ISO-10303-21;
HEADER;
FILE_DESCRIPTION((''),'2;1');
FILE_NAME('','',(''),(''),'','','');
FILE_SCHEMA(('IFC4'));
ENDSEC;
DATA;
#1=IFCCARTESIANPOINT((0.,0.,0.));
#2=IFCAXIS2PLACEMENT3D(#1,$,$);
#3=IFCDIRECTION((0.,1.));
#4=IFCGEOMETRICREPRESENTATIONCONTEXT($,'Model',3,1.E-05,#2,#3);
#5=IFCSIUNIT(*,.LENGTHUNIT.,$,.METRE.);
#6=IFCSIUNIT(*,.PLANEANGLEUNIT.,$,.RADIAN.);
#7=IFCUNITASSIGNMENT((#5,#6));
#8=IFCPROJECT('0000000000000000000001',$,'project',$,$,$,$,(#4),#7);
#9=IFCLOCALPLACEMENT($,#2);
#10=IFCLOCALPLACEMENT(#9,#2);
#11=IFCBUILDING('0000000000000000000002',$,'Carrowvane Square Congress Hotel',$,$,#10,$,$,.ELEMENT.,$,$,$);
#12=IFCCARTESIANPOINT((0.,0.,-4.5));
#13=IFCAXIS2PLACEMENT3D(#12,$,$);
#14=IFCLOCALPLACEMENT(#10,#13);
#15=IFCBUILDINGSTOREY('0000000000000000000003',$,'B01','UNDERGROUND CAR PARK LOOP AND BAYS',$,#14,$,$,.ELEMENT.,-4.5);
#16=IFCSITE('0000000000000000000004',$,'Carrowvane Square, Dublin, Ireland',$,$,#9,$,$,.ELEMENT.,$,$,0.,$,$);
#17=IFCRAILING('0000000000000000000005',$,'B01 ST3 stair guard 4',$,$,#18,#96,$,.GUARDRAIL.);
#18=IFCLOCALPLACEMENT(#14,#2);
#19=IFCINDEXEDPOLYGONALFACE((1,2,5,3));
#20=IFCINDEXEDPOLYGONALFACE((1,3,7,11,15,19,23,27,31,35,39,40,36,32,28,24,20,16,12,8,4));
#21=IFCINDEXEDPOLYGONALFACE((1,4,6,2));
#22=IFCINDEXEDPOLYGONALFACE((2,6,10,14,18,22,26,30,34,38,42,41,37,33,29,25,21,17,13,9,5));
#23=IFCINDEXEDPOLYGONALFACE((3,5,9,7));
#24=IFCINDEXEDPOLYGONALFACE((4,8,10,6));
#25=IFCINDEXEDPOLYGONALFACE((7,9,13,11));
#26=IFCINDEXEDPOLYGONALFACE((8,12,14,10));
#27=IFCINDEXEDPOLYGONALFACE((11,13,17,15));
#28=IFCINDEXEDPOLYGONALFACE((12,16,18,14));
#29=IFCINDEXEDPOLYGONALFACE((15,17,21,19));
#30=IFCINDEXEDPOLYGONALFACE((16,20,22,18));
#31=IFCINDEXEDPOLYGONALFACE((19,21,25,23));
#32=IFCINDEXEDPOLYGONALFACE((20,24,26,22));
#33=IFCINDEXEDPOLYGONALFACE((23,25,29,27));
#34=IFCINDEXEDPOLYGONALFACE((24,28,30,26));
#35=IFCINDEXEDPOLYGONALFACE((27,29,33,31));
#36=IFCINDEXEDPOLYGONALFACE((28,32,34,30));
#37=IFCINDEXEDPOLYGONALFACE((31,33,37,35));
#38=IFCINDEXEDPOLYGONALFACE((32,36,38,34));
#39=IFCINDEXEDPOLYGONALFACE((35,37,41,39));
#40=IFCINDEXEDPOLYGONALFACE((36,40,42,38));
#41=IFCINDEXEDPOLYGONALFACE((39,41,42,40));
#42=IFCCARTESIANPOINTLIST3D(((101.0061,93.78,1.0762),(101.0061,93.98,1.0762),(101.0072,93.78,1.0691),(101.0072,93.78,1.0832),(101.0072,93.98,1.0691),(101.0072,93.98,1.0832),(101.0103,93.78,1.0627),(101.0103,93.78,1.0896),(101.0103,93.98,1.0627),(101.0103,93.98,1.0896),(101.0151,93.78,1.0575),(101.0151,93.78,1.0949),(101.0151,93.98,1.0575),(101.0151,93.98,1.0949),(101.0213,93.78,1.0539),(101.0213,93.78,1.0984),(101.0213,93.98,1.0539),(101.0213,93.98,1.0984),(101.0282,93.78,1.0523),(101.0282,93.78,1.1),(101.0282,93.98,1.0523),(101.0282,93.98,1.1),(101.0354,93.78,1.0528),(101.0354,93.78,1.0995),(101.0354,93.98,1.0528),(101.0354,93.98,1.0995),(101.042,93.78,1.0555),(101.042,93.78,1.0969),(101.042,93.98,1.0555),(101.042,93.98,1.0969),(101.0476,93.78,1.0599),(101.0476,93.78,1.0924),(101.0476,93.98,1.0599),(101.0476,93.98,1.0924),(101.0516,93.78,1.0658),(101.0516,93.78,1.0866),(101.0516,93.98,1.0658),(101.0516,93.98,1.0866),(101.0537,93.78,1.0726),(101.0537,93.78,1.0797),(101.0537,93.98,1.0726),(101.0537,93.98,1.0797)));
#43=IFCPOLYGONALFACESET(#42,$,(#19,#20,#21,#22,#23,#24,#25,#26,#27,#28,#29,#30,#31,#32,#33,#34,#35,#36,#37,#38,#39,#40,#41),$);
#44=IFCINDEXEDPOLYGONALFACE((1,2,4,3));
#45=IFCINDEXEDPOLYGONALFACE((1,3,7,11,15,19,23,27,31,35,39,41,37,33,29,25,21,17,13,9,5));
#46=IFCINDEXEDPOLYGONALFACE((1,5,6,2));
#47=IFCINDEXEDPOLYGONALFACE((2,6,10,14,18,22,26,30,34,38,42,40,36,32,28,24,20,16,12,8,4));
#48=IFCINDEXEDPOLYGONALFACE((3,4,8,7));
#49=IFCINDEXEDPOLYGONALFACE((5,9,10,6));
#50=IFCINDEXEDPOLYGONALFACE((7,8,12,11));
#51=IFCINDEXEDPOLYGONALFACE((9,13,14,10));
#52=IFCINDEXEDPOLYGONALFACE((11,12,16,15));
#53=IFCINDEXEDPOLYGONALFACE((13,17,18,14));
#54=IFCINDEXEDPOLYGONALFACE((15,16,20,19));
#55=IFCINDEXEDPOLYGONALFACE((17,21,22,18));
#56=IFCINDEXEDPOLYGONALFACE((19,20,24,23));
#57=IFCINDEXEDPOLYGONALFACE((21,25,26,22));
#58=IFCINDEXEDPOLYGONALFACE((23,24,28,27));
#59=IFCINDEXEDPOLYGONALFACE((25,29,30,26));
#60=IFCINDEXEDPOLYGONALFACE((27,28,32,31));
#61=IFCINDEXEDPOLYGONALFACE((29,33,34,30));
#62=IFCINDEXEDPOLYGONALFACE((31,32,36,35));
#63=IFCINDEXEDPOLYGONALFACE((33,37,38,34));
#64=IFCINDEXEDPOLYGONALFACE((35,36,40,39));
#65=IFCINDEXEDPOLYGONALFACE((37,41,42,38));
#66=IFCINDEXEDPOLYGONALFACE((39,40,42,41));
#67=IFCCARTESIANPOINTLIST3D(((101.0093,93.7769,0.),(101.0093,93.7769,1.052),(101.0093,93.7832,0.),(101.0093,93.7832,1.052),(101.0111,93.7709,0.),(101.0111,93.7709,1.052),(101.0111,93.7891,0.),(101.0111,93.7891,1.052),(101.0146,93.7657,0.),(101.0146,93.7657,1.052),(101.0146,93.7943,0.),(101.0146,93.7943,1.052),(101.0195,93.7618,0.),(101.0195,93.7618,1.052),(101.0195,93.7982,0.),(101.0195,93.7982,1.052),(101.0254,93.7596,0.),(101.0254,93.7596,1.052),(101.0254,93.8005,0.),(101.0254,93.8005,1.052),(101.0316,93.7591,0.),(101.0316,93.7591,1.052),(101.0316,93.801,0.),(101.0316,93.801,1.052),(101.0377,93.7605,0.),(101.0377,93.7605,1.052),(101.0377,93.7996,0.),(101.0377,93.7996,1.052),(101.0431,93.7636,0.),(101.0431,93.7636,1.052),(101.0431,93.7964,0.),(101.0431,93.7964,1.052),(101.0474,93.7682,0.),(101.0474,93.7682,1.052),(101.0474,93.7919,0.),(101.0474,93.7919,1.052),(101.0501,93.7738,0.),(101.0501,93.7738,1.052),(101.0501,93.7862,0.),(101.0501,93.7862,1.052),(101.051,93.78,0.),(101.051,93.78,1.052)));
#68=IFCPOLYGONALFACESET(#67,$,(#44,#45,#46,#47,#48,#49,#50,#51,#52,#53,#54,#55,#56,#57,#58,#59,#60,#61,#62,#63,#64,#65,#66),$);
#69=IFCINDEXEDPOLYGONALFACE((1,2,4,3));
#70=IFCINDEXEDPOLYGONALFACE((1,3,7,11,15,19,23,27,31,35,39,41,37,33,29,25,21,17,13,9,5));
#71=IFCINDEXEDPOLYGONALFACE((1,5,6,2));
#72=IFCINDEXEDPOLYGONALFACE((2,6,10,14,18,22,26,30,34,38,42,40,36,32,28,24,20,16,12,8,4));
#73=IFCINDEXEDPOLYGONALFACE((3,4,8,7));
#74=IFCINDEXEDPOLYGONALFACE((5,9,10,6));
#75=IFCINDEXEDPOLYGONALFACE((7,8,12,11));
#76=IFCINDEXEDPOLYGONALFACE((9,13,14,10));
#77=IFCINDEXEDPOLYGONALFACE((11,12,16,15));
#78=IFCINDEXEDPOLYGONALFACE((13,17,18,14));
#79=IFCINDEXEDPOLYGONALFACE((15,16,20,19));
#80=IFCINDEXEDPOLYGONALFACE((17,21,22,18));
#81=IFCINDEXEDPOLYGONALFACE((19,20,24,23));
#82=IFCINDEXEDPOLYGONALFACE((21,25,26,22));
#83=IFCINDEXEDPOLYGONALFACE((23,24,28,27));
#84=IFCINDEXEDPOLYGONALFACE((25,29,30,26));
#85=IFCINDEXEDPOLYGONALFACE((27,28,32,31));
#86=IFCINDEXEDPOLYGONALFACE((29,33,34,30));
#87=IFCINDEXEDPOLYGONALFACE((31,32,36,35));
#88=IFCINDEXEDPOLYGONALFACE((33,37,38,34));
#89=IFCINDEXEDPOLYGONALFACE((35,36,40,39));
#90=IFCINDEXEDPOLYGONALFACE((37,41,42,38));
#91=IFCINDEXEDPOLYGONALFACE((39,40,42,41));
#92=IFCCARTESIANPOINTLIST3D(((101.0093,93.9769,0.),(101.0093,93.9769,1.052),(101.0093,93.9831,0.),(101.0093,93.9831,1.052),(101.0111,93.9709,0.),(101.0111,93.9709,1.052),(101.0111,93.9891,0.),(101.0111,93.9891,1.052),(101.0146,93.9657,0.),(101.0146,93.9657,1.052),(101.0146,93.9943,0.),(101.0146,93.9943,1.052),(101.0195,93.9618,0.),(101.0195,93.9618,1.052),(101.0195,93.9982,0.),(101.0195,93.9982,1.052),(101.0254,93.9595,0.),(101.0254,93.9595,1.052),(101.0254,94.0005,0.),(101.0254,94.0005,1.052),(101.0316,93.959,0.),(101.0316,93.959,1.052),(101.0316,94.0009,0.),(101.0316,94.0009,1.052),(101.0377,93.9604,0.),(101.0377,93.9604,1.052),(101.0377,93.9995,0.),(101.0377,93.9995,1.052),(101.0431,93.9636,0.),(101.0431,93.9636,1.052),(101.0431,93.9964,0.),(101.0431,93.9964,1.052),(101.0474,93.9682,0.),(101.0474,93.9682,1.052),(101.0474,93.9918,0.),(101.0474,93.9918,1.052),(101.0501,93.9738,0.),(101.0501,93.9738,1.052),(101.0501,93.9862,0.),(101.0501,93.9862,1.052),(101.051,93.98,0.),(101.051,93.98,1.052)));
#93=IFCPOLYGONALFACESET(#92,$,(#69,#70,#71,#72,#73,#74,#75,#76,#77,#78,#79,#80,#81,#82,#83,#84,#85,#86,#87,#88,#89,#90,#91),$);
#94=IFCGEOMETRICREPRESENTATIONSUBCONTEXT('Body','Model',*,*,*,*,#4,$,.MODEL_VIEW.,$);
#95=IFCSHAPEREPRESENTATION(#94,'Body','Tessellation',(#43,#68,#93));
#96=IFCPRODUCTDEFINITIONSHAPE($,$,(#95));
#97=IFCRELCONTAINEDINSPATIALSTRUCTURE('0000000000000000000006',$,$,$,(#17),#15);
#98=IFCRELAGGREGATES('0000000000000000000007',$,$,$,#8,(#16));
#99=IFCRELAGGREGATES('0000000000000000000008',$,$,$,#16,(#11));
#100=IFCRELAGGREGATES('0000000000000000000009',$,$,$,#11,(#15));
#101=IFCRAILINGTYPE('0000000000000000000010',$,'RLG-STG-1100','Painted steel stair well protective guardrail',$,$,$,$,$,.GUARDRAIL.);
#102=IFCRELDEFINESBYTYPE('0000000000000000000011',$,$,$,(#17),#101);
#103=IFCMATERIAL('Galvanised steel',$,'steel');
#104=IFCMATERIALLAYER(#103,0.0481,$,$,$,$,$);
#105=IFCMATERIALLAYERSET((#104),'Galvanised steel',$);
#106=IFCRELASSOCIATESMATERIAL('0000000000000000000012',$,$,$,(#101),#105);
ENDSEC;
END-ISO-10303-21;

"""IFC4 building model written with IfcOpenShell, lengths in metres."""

from ifc_helpers import new_model, si_unit, direction, frame, origin, origin_2d, place, context, subcontext, project, spatial, circle, extrude, material, layer, layer_set, type_object, element, save


model = new_model("IFC4")

# Units and contexts
model_context = context("Model", 3, precision=1e-05, world=origin(), true_north=direction((0.0, 1.0)))
body_context = subcontext(model_context, "Body", "Model", "MODEL_VIEW")
ifc_project = project(units=[si_unit("LENGTHUNIT", "METRE"), si_unit("PLANEANGLEUNIT", "RADIAN")], contexts=[model_context])

# Site, building, storey
site_placement = place(None, origin())
site = spatial("IfcSite", under=ifc_project, at=site_placement, Name="Carrowvane Square, Dublin, Ireland", CompositionType="ELEMENT", RefElevation=0.0)
building_placement = place(site_placement, origin())
building = spatial("IfcBuilding", under=site, at=building_placement, Name="Carrowvane Square Congress Hotel", CompositionType="ELEMENT")
storey_placement = place(building_placement, frame((0.0, 0.0, -4.5)))
storey = spatial("IfcBuildingStorey", under=building, at=storey_placement, Name="B01", Description="UNDERGROUND CAR PARK LOOP AND BAYS", CompositionType="ELEMENT", Elevation=-4.5)

# Railing
ifc_material_1 = material(Name="Galvanised steel", Category="steel")
ifc_layer_1 = layer(ifc_material_1, 0.0481)
ifc_layer_set_1 = layer_set([ifc_layer_1], Name="Galvanised steel")
railing_type_1 = type_object("IfcRailingType", Name="RLG-STG-1100", Description="Painted steel stair well protective guardrail", PredefinedType="GUARDRAIL", material=ifc_layer_set_1)
railing_1_placement = place(storey_placement, frame((101.03, 93.78, 0.0)))
element("IfcRailing", 1, at=railing_1_placement, inside=storey, type_object=railing_type_1, Name="B01 ST3 stair guard 4", PredefinedType="GUARDRAIL", context=body_context, shape_type="SweptSolid", body=[
    extrude(circle(Radius=0.0239, at=origin_2d()), frame((0.0, 0.0, 1.0762), z_axis=(0.0, 1.0, 0.0), x_axis=(-1.0, 0.0, 0.0)), (0.0, 0.0, 1.0), 0.2),
    extrude(circle(Radius=0.021, at=origin_2d()), origin(), (0.0, 0.0, 1.0), 1.052),
    extrude(circle(Radius=0.021, at=origin_2d()), frame((0.0, 0.2, 0.0)), (0.0, 0.0, 1.0), 1.052),
])

save(model, "model.ifc")
